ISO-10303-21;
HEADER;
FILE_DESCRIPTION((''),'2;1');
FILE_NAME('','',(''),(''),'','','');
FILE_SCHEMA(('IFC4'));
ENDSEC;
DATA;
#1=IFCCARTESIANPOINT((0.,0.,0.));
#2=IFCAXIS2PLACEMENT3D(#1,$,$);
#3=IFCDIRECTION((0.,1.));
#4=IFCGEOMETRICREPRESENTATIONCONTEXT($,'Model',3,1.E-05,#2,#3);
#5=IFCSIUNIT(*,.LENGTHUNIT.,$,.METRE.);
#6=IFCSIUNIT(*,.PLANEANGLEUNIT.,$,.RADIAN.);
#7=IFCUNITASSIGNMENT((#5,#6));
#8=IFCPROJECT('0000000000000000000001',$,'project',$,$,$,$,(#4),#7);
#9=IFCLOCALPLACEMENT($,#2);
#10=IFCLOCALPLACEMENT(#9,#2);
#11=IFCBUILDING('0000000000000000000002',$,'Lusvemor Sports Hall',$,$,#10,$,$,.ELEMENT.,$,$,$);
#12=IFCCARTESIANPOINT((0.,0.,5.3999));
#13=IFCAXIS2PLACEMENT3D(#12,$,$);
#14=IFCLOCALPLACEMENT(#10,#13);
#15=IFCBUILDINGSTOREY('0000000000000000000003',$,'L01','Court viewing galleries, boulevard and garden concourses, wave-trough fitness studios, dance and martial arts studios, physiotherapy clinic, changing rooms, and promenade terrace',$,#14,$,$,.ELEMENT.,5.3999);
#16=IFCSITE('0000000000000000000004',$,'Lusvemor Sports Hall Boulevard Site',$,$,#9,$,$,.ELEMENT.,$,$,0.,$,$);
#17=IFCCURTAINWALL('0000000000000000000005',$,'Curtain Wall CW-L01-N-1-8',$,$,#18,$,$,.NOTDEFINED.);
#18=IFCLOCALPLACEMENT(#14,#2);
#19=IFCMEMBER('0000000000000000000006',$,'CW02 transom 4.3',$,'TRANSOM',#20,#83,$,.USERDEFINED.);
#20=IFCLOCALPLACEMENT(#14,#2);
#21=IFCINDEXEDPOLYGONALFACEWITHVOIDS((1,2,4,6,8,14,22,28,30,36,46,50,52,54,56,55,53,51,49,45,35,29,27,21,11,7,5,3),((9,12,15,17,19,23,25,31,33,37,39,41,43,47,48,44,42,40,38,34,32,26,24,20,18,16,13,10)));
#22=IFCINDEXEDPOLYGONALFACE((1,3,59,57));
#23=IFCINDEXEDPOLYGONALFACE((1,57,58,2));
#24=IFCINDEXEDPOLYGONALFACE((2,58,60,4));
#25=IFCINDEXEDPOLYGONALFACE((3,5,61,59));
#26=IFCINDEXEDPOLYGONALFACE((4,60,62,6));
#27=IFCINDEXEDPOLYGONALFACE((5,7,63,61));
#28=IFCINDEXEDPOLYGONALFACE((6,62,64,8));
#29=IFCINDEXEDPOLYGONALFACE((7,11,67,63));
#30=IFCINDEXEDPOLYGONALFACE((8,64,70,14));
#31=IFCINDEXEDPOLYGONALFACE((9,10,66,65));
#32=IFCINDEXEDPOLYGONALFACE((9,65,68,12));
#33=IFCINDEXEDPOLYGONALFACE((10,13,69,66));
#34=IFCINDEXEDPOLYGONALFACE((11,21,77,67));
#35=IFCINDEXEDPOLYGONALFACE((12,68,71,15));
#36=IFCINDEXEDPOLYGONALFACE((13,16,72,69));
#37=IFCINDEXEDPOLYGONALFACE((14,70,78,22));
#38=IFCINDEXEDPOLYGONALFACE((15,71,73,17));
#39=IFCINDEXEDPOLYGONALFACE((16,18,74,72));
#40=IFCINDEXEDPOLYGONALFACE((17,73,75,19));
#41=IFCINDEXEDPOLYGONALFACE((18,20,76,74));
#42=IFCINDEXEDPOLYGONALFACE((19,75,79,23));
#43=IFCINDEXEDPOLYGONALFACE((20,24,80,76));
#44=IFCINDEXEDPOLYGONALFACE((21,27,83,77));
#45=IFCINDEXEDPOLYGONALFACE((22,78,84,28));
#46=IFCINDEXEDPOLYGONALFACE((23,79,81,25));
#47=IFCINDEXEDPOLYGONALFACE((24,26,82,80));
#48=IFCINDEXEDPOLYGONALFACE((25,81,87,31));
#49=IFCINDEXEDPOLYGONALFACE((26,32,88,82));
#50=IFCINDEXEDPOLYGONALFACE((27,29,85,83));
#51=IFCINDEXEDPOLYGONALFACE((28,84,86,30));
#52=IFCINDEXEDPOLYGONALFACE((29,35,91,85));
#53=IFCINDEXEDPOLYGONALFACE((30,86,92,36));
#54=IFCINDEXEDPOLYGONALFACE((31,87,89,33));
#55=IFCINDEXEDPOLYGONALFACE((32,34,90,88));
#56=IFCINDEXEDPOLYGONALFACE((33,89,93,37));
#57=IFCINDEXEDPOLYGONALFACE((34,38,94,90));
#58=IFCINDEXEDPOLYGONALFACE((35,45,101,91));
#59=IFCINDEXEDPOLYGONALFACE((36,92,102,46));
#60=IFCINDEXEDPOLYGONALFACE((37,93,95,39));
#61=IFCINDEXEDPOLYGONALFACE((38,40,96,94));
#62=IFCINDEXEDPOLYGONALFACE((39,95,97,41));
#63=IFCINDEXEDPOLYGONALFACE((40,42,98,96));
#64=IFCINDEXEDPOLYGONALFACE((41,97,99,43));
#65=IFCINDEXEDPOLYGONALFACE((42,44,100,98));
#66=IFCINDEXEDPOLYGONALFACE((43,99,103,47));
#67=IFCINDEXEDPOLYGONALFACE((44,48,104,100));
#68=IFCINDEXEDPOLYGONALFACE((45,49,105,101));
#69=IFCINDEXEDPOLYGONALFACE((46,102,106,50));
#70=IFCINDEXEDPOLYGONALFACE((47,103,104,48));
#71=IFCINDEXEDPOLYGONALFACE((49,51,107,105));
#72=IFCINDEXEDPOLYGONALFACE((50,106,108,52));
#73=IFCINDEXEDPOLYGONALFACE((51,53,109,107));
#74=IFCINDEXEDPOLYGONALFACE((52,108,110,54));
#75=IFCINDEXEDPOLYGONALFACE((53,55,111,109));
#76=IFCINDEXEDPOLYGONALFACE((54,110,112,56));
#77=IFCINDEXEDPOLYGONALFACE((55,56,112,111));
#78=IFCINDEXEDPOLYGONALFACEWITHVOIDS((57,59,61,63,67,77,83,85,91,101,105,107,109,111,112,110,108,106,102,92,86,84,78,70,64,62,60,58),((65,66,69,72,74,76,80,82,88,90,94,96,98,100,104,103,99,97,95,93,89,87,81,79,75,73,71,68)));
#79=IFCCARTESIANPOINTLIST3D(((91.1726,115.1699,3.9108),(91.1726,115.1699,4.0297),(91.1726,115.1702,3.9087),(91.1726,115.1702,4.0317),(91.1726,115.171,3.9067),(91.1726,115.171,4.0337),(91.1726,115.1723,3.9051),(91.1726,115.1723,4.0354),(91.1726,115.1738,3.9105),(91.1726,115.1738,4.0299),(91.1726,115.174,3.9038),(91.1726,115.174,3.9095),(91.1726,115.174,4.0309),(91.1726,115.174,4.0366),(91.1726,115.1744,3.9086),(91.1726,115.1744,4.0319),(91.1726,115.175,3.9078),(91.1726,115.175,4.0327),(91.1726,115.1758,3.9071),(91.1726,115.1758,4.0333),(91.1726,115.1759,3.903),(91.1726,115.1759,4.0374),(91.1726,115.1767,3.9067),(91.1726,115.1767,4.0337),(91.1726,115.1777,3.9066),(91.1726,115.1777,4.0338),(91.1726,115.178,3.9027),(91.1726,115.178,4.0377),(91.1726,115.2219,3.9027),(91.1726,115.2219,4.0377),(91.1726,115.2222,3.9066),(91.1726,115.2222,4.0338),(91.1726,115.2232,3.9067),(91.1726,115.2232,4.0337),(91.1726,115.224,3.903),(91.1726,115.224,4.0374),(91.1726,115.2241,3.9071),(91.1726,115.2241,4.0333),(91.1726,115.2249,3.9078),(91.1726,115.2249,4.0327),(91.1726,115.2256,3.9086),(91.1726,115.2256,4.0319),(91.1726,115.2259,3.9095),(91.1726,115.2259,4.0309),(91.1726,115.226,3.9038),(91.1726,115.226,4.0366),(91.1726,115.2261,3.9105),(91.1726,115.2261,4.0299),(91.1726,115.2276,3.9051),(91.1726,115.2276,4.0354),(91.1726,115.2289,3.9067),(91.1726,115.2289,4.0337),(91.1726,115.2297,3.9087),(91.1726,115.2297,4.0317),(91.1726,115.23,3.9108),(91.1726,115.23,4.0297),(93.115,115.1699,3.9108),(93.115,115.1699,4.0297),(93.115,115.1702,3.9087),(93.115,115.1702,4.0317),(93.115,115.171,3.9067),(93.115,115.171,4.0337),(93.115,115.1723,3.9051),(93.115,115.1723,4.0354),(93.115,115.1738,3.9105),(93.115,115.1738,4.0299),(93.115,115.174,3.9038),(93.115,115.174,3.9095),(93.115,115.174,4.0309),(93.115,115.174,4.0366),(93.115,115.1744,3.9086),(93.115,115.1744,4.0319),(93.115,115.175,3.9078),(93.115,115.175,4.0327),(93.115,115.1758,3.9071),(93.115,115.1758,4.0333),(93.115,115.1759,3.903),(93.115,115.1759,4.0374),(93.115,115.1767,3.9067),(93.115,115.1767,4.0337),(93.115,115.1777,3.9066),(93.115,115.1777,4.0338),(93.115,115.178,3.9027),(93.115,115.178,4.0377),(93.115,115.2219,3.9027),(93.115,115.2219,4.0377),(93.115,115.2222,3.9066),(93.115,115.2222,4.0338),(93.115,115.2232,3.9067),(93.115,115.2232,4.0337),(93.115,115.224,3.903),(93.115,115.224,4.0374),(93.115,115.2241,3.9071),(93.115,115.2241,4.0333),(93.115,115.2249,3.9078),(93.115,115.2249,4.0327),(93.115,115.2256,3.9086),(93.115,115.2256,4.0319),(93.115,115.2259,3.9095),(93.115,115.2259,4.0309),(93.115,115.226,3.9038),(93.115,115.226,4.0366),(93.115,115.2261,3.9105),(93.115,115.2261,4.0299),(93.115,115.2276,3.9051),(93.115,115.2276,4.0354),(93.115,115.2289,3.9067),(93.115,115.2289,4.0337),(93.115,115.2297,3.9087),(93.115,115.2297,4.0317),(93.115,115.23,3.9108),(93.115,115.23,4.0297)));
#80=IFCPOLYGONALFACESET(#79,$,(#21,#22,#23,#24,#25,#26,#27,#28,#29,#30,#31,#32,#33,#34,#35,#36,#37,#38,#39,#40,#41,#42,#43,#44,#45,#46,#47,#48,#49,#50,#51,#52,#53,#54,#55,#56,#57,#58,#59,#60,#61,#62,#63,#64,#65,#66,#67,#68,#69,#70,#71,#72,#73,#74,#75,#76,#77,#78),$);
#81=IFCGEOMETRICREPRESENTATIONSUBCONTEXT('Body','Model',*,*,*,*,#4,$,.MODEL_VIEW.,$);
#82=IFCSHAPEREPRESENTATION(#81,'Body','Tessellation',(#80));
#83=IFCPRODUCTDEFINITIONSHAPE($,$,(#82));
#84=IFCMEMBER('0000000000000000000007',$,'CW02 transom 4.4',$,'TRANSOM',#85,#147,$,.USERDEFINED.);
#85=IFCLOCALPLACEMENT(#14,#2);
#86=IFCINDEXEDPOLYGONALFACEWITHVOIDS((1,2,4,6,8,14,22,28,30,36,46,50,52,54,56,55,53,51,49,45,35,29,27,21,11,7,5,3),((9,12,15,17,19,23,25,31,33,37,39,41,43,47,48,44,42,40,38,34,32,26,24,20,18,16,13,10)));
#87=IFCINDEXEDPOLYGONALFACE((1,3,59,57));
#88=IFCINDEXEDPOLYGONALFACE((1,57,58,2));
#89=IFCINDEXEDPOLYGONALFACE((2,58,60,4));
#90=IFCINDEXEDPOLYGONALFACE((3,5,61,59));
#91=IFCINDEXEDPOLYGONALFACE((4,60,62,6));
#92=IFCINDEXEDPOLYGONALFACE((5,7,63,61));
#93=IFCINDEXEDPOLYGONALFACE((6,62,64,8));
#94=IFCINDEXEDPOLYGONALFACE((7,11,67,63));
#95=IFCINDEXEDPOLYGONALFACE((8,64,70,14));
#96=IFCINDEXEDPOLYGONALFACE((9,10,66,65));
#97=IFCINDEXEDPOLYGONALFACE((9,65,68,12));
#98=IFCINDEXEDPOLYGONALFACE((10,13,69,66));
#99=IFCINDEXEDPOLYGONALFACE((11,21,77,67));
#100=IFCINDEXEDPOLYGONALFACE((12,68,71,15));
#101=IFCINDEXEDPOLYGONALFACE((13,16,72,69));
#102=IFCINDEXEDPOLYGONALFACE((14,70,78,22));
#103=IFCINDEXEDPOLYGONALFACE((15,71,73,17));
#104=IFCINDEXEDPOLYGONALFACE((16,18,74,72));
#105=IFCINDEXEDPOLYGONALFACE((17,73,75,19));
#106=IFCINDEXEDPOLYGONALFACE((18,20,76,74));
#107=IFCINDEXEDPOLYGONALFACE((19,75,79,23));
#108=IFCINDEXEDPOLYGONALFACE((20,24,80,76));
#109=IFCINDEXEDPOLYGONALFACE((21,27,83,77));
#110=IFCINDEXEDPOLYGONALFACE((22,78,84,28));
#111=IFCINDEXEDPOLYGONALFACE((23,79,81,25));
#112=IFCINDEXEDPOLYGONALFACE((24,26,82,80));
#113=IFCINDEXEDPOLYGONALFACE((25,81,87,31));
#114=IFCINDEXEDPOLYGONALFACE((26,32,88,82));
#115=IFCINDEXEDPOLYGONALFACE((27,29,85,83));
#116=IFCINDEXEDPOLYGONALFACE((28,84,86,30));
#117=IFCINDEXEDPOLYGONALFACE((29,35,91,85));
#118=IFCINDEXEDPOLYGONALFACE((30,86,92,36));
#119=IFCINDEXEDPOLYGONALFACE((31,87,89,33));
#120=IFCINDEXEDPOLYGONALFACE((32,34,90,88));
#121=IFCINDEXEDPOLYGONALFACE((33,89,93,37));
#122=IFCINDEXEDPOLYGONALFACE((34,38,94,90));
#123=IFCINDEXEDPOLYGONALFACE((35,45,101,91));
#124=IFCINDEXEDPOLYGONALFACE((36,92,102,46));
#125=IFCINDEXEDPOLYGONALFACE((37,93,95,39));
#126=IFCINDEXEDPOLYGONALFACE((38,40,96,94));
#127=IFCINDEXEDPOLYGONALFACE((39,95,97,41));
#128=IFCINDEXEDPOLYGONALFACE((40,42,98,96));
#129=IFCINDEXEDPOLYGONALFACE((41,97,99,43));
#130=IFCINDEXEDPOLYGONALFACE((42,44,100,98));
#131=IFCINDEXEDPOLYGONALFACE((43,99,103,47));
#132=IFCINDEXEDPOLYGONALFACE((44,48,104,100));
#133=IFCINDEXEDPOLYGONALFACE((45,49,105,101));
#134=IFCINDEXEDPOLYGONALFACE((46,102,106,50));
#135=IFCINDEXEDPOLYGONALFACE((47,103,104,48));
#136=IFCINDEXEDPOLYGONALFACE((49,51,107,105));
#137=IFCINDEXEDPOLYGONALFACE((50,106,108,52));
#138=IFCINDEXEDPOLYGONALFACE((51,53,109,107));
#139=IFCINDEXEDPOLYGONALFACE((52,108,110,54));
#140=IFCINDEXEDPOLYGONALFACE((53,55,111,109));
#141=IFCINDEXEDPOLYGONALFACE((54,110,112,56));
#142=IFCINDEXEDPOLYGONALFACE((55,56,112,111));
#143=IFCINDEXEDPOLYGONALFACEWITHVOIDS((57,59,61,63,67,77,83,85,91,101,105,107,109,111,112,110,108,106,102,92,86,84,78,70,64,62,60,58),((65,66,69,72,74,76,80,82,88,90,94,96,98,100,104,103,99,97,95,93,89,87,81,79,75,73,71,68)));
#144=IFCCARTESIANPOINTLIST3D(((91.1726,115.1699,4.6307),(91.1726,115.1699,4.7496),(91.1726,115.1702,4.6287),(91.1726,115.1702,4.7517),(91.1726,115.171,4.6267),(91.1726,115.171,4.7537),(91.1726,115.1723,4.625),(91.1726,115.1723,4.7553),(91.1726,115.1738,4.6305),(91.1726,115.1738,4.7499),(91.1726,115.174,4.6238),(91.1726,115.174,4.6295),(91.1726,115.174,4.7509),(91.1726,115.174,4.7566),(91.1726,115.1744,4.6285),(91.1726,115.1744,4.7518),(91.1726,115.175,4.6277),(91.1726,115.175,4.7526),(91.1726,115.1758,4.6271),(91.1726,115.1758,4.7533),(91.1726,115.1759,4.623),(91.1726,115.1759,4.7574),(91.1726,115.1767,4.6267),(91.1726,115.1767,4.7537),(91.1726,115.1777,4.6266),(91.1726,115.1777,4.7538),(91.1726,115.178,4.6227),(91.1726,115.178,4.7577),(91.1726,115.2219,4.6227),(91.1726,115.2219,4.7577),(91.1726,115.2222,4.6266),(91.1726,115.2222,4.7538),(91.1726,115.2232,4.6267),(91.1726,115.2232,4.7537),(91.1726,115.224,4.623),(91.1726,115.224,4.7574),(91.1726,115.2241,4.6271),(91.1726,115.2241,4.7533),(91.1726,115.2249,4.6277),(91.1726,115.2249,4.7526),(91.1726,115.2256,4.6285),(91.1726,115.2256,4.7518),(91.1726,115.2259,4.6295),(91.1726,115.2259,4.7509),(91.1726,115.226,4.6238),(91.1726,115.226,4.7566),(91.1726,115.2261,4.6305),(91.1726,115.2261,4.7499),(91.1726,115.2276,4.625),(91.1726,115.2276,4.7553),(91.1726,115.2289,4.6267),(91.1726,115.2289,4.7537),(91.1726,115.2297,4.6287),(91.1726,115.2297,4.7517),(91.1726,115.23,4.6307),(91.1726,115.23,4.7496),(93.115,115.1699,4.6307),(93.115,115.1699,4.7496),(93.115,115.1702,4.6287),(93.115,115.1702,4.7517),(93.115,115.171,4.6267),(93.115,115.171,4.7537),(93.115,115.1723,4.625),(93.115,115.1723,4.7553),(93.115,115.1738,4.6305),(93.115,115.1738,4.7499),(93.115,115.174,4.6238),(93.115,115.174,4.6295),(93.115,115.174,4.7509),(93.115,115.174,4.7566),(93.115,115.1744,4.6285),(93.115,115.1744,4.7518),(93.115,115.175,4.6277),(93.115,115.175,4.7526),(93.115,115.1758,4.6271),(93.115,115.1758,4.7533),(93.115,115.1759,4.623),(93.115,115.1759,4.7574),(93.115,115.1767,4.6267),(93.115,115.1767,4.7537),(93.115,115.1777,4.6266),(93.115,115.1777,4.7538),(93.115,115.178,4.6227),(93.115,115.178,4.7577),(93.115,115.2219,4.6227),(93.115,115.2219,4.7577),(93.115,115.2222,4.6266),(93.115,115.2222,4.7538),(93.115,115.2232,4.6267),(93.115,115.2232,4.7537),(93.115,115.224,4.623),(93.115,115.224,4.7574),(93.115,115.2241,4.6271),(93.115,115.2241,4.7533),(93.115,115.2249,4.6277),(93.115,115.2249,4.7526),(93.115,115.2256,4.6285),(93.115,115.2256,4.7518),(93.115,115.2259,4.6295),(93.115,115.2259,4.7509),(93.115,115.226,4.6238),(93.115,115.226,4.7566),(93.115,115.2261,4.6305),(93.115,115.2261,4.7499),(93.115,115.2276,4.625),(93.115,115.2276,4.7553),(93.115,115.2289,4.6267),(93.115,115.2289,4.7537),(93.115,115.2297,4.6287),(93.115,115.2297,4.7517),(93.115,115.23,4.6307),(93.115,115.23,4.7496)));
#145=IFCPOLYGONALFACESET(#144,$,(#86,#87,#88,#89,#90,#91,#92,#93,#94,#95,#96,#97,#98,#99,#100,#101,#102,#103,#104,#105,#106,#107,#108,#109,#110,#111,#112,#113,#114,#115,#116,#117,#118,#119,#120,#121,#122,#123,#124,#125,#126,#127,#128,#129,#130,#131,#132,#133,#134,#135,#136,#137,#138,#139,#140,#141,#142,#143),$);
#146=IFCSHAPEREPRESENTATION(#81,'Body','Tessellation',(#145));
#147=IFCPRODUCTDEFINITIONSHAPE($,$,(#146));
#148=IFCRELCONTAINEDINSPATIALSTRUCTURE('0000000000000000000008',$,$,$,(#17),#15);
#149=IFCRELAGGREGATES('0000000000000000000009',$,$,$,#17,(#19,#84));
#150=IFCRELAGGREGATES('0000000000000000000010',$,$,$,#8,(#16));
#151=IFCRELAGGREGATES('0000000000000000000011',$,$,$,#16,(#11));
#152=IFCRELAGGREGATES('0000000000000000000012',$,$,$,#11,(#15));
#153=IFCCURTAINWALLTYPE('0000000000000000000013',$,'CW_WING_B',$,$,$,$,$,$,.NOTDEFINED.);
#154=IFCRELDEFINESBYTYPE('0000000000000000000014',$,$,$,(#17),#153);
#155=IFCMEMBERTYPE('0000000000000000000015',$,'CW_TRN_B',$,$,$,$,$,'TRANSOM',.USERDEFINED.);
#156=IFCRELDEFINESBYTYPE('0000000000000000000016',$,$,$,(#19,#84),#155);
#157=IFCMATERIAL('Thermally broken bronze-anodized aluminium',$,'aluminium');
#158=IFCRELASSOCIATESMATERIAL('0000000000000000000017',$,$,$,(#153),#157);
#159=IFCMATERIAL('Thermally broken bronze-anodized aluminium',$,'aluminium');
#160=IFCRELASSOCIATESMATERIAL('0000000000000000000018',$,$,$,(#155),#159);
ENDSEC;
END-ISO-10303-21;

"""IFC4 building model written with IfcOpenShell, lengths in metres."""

from ifc_helpers import new_model, si_unit, direction, frame, origin, origin_2d, place, context, subcontext, project, spatial, hollow_rectangle, extrude, material, material_profile, profile_set, type_object, element, aggregate, save


model = new_model("IFC4")

# Units and contexts
model_context = context("Model", 3, precision=1e-05, world=origin(), true_north=direction((0.0, 1.0)))
body_context = subcontext(model_context, "Body", "Model", "MODEL_VIEW")
ifc_project = project(units=[si_unit("LENGTHUNIT", "METRE"), si_unit("PLANEANGLEUNIT", "RADIAN")], contexts=[model_context])

# Site, building, storey
site_placement = place(None, origin())
site = spatial("IfcSite", under=ifc_project, at=site_placement, Name="Lusvemor Sports Hall Boulevard Site", CompositionType="ELEMENT", RefElevation=0.0)
building_placement = place(site_placement, origin())
building = spatial("IfcBuilding", under=site, at=building_placement, Name="Lusvemor Sports Hall", CompositionType="ELEMENT")
storey_placement = place(building_placement, frame((0.0, 0.0, 5.3999)))
storey = spatial("IfcBuildingStorey", under=building, at=storey_placement, Name="L01", Description="Court viewing galleries, boulevard and garden concourses, wave-trough fitness studios, dance and martial arts studios, physiotherapy clinic, changing rooms, and promenade terrace", CompositionType="ELEMENT", Elevation=5.3999)

# Curtain wall
ifc_material_1 = material(Name="Thermally broken bronze-anodized aluminium", Category="aluminium")
curtain_wall_type = type_object("IfcCurtainWallType", Name="CW_WING_B", PredefinedType="NOTDEFINED", material=ifc_material_1)
curtain_wall_1_placement = place(storey_placement, origin())
curtain_wall_1 = element("IfcCurtainWall", 1, at=curtain_wall_1_placement, inside=storey, type_object=curtain_wall_type, Name="Curtain Wall CW-L01-N-1-8", PredefinedType="NOTDEFINED")

# Members
ifc_material_2 = material(Name="Thermally broken bronze-anodized aluminium", Category="aluminium")
ifc_material_profile_1 = material_profile(ifc_material_2, hollow_rectangle(XDim=0.0601, YDim=0.135, WallThickness=0.0039, InnerFilletRadius=0.0039, OuterFilletRadius=0.0081, at=origin_2d()), Name="CWTRN135x60x4")
ifc_profile_set_1 = profile_set([ifc_material_profile_1], Name="Thermally broken bronze-anodized aluminium")
member_type_1 = type_object("IfcMemberType", Name="CW_TRN_B", ElementType="TRANSOM", PredefinedType="USERDEFINED", material=ifc_profile_set_1)
member_1_placement = place(storey_placement, frame((91.1726, 115.2, 3.9702), z_axis=(1.0, 0.0, 0.0), x_axis=(0.0, 1.0, 0.0)))
member_1 = element("IfcMember", 2, at=member_1_placement, type_object=member_type_1, Name="CW02 transom 4.3", ObjectType="TRANSOM", PredefinedType="USERDEFINED", context=body_context, shape_type="SweptSolid", body=[
    extrude(hollow_rectangle(XDim=0.0601, YDim=0.135, WallThickness=0.0039, InnerFilletRadius=0.0039, OuterFilletRadius=0.0081, at=origin_2d()), origin(), (0.0, 0.0, 1.0), 1.9424),
])
member_2_placement = place(storey_placement, frame((91.1726, 115.2, 4.6902), z_axis=(1.0, 0.0, 0.0), x_axis=(0.0, 1.0, 0.0)))
member_2 = element("IfcMember", 3, at=member_2_placement, type_object=member_type_1, Name="CW02 transom 4.4", ObjectType="TRANSOM", PredefinedType="USERDEFINED", context=body_context, shape_type="SweptSolid", body=[
    extrude(hollow_rectangle(XDim=0.0601, YDim=0.135, WallThickness=0.0039, InnerFilletRadius=0.0039, OuterFilletRadius=0.0081, at=origin_2d()), origin(), (0.0, 0.0, 1.0), 1.9424),
])

aggregate(curtain_wall_1, [member_1, member_2])

save(model, "model.ifc")
